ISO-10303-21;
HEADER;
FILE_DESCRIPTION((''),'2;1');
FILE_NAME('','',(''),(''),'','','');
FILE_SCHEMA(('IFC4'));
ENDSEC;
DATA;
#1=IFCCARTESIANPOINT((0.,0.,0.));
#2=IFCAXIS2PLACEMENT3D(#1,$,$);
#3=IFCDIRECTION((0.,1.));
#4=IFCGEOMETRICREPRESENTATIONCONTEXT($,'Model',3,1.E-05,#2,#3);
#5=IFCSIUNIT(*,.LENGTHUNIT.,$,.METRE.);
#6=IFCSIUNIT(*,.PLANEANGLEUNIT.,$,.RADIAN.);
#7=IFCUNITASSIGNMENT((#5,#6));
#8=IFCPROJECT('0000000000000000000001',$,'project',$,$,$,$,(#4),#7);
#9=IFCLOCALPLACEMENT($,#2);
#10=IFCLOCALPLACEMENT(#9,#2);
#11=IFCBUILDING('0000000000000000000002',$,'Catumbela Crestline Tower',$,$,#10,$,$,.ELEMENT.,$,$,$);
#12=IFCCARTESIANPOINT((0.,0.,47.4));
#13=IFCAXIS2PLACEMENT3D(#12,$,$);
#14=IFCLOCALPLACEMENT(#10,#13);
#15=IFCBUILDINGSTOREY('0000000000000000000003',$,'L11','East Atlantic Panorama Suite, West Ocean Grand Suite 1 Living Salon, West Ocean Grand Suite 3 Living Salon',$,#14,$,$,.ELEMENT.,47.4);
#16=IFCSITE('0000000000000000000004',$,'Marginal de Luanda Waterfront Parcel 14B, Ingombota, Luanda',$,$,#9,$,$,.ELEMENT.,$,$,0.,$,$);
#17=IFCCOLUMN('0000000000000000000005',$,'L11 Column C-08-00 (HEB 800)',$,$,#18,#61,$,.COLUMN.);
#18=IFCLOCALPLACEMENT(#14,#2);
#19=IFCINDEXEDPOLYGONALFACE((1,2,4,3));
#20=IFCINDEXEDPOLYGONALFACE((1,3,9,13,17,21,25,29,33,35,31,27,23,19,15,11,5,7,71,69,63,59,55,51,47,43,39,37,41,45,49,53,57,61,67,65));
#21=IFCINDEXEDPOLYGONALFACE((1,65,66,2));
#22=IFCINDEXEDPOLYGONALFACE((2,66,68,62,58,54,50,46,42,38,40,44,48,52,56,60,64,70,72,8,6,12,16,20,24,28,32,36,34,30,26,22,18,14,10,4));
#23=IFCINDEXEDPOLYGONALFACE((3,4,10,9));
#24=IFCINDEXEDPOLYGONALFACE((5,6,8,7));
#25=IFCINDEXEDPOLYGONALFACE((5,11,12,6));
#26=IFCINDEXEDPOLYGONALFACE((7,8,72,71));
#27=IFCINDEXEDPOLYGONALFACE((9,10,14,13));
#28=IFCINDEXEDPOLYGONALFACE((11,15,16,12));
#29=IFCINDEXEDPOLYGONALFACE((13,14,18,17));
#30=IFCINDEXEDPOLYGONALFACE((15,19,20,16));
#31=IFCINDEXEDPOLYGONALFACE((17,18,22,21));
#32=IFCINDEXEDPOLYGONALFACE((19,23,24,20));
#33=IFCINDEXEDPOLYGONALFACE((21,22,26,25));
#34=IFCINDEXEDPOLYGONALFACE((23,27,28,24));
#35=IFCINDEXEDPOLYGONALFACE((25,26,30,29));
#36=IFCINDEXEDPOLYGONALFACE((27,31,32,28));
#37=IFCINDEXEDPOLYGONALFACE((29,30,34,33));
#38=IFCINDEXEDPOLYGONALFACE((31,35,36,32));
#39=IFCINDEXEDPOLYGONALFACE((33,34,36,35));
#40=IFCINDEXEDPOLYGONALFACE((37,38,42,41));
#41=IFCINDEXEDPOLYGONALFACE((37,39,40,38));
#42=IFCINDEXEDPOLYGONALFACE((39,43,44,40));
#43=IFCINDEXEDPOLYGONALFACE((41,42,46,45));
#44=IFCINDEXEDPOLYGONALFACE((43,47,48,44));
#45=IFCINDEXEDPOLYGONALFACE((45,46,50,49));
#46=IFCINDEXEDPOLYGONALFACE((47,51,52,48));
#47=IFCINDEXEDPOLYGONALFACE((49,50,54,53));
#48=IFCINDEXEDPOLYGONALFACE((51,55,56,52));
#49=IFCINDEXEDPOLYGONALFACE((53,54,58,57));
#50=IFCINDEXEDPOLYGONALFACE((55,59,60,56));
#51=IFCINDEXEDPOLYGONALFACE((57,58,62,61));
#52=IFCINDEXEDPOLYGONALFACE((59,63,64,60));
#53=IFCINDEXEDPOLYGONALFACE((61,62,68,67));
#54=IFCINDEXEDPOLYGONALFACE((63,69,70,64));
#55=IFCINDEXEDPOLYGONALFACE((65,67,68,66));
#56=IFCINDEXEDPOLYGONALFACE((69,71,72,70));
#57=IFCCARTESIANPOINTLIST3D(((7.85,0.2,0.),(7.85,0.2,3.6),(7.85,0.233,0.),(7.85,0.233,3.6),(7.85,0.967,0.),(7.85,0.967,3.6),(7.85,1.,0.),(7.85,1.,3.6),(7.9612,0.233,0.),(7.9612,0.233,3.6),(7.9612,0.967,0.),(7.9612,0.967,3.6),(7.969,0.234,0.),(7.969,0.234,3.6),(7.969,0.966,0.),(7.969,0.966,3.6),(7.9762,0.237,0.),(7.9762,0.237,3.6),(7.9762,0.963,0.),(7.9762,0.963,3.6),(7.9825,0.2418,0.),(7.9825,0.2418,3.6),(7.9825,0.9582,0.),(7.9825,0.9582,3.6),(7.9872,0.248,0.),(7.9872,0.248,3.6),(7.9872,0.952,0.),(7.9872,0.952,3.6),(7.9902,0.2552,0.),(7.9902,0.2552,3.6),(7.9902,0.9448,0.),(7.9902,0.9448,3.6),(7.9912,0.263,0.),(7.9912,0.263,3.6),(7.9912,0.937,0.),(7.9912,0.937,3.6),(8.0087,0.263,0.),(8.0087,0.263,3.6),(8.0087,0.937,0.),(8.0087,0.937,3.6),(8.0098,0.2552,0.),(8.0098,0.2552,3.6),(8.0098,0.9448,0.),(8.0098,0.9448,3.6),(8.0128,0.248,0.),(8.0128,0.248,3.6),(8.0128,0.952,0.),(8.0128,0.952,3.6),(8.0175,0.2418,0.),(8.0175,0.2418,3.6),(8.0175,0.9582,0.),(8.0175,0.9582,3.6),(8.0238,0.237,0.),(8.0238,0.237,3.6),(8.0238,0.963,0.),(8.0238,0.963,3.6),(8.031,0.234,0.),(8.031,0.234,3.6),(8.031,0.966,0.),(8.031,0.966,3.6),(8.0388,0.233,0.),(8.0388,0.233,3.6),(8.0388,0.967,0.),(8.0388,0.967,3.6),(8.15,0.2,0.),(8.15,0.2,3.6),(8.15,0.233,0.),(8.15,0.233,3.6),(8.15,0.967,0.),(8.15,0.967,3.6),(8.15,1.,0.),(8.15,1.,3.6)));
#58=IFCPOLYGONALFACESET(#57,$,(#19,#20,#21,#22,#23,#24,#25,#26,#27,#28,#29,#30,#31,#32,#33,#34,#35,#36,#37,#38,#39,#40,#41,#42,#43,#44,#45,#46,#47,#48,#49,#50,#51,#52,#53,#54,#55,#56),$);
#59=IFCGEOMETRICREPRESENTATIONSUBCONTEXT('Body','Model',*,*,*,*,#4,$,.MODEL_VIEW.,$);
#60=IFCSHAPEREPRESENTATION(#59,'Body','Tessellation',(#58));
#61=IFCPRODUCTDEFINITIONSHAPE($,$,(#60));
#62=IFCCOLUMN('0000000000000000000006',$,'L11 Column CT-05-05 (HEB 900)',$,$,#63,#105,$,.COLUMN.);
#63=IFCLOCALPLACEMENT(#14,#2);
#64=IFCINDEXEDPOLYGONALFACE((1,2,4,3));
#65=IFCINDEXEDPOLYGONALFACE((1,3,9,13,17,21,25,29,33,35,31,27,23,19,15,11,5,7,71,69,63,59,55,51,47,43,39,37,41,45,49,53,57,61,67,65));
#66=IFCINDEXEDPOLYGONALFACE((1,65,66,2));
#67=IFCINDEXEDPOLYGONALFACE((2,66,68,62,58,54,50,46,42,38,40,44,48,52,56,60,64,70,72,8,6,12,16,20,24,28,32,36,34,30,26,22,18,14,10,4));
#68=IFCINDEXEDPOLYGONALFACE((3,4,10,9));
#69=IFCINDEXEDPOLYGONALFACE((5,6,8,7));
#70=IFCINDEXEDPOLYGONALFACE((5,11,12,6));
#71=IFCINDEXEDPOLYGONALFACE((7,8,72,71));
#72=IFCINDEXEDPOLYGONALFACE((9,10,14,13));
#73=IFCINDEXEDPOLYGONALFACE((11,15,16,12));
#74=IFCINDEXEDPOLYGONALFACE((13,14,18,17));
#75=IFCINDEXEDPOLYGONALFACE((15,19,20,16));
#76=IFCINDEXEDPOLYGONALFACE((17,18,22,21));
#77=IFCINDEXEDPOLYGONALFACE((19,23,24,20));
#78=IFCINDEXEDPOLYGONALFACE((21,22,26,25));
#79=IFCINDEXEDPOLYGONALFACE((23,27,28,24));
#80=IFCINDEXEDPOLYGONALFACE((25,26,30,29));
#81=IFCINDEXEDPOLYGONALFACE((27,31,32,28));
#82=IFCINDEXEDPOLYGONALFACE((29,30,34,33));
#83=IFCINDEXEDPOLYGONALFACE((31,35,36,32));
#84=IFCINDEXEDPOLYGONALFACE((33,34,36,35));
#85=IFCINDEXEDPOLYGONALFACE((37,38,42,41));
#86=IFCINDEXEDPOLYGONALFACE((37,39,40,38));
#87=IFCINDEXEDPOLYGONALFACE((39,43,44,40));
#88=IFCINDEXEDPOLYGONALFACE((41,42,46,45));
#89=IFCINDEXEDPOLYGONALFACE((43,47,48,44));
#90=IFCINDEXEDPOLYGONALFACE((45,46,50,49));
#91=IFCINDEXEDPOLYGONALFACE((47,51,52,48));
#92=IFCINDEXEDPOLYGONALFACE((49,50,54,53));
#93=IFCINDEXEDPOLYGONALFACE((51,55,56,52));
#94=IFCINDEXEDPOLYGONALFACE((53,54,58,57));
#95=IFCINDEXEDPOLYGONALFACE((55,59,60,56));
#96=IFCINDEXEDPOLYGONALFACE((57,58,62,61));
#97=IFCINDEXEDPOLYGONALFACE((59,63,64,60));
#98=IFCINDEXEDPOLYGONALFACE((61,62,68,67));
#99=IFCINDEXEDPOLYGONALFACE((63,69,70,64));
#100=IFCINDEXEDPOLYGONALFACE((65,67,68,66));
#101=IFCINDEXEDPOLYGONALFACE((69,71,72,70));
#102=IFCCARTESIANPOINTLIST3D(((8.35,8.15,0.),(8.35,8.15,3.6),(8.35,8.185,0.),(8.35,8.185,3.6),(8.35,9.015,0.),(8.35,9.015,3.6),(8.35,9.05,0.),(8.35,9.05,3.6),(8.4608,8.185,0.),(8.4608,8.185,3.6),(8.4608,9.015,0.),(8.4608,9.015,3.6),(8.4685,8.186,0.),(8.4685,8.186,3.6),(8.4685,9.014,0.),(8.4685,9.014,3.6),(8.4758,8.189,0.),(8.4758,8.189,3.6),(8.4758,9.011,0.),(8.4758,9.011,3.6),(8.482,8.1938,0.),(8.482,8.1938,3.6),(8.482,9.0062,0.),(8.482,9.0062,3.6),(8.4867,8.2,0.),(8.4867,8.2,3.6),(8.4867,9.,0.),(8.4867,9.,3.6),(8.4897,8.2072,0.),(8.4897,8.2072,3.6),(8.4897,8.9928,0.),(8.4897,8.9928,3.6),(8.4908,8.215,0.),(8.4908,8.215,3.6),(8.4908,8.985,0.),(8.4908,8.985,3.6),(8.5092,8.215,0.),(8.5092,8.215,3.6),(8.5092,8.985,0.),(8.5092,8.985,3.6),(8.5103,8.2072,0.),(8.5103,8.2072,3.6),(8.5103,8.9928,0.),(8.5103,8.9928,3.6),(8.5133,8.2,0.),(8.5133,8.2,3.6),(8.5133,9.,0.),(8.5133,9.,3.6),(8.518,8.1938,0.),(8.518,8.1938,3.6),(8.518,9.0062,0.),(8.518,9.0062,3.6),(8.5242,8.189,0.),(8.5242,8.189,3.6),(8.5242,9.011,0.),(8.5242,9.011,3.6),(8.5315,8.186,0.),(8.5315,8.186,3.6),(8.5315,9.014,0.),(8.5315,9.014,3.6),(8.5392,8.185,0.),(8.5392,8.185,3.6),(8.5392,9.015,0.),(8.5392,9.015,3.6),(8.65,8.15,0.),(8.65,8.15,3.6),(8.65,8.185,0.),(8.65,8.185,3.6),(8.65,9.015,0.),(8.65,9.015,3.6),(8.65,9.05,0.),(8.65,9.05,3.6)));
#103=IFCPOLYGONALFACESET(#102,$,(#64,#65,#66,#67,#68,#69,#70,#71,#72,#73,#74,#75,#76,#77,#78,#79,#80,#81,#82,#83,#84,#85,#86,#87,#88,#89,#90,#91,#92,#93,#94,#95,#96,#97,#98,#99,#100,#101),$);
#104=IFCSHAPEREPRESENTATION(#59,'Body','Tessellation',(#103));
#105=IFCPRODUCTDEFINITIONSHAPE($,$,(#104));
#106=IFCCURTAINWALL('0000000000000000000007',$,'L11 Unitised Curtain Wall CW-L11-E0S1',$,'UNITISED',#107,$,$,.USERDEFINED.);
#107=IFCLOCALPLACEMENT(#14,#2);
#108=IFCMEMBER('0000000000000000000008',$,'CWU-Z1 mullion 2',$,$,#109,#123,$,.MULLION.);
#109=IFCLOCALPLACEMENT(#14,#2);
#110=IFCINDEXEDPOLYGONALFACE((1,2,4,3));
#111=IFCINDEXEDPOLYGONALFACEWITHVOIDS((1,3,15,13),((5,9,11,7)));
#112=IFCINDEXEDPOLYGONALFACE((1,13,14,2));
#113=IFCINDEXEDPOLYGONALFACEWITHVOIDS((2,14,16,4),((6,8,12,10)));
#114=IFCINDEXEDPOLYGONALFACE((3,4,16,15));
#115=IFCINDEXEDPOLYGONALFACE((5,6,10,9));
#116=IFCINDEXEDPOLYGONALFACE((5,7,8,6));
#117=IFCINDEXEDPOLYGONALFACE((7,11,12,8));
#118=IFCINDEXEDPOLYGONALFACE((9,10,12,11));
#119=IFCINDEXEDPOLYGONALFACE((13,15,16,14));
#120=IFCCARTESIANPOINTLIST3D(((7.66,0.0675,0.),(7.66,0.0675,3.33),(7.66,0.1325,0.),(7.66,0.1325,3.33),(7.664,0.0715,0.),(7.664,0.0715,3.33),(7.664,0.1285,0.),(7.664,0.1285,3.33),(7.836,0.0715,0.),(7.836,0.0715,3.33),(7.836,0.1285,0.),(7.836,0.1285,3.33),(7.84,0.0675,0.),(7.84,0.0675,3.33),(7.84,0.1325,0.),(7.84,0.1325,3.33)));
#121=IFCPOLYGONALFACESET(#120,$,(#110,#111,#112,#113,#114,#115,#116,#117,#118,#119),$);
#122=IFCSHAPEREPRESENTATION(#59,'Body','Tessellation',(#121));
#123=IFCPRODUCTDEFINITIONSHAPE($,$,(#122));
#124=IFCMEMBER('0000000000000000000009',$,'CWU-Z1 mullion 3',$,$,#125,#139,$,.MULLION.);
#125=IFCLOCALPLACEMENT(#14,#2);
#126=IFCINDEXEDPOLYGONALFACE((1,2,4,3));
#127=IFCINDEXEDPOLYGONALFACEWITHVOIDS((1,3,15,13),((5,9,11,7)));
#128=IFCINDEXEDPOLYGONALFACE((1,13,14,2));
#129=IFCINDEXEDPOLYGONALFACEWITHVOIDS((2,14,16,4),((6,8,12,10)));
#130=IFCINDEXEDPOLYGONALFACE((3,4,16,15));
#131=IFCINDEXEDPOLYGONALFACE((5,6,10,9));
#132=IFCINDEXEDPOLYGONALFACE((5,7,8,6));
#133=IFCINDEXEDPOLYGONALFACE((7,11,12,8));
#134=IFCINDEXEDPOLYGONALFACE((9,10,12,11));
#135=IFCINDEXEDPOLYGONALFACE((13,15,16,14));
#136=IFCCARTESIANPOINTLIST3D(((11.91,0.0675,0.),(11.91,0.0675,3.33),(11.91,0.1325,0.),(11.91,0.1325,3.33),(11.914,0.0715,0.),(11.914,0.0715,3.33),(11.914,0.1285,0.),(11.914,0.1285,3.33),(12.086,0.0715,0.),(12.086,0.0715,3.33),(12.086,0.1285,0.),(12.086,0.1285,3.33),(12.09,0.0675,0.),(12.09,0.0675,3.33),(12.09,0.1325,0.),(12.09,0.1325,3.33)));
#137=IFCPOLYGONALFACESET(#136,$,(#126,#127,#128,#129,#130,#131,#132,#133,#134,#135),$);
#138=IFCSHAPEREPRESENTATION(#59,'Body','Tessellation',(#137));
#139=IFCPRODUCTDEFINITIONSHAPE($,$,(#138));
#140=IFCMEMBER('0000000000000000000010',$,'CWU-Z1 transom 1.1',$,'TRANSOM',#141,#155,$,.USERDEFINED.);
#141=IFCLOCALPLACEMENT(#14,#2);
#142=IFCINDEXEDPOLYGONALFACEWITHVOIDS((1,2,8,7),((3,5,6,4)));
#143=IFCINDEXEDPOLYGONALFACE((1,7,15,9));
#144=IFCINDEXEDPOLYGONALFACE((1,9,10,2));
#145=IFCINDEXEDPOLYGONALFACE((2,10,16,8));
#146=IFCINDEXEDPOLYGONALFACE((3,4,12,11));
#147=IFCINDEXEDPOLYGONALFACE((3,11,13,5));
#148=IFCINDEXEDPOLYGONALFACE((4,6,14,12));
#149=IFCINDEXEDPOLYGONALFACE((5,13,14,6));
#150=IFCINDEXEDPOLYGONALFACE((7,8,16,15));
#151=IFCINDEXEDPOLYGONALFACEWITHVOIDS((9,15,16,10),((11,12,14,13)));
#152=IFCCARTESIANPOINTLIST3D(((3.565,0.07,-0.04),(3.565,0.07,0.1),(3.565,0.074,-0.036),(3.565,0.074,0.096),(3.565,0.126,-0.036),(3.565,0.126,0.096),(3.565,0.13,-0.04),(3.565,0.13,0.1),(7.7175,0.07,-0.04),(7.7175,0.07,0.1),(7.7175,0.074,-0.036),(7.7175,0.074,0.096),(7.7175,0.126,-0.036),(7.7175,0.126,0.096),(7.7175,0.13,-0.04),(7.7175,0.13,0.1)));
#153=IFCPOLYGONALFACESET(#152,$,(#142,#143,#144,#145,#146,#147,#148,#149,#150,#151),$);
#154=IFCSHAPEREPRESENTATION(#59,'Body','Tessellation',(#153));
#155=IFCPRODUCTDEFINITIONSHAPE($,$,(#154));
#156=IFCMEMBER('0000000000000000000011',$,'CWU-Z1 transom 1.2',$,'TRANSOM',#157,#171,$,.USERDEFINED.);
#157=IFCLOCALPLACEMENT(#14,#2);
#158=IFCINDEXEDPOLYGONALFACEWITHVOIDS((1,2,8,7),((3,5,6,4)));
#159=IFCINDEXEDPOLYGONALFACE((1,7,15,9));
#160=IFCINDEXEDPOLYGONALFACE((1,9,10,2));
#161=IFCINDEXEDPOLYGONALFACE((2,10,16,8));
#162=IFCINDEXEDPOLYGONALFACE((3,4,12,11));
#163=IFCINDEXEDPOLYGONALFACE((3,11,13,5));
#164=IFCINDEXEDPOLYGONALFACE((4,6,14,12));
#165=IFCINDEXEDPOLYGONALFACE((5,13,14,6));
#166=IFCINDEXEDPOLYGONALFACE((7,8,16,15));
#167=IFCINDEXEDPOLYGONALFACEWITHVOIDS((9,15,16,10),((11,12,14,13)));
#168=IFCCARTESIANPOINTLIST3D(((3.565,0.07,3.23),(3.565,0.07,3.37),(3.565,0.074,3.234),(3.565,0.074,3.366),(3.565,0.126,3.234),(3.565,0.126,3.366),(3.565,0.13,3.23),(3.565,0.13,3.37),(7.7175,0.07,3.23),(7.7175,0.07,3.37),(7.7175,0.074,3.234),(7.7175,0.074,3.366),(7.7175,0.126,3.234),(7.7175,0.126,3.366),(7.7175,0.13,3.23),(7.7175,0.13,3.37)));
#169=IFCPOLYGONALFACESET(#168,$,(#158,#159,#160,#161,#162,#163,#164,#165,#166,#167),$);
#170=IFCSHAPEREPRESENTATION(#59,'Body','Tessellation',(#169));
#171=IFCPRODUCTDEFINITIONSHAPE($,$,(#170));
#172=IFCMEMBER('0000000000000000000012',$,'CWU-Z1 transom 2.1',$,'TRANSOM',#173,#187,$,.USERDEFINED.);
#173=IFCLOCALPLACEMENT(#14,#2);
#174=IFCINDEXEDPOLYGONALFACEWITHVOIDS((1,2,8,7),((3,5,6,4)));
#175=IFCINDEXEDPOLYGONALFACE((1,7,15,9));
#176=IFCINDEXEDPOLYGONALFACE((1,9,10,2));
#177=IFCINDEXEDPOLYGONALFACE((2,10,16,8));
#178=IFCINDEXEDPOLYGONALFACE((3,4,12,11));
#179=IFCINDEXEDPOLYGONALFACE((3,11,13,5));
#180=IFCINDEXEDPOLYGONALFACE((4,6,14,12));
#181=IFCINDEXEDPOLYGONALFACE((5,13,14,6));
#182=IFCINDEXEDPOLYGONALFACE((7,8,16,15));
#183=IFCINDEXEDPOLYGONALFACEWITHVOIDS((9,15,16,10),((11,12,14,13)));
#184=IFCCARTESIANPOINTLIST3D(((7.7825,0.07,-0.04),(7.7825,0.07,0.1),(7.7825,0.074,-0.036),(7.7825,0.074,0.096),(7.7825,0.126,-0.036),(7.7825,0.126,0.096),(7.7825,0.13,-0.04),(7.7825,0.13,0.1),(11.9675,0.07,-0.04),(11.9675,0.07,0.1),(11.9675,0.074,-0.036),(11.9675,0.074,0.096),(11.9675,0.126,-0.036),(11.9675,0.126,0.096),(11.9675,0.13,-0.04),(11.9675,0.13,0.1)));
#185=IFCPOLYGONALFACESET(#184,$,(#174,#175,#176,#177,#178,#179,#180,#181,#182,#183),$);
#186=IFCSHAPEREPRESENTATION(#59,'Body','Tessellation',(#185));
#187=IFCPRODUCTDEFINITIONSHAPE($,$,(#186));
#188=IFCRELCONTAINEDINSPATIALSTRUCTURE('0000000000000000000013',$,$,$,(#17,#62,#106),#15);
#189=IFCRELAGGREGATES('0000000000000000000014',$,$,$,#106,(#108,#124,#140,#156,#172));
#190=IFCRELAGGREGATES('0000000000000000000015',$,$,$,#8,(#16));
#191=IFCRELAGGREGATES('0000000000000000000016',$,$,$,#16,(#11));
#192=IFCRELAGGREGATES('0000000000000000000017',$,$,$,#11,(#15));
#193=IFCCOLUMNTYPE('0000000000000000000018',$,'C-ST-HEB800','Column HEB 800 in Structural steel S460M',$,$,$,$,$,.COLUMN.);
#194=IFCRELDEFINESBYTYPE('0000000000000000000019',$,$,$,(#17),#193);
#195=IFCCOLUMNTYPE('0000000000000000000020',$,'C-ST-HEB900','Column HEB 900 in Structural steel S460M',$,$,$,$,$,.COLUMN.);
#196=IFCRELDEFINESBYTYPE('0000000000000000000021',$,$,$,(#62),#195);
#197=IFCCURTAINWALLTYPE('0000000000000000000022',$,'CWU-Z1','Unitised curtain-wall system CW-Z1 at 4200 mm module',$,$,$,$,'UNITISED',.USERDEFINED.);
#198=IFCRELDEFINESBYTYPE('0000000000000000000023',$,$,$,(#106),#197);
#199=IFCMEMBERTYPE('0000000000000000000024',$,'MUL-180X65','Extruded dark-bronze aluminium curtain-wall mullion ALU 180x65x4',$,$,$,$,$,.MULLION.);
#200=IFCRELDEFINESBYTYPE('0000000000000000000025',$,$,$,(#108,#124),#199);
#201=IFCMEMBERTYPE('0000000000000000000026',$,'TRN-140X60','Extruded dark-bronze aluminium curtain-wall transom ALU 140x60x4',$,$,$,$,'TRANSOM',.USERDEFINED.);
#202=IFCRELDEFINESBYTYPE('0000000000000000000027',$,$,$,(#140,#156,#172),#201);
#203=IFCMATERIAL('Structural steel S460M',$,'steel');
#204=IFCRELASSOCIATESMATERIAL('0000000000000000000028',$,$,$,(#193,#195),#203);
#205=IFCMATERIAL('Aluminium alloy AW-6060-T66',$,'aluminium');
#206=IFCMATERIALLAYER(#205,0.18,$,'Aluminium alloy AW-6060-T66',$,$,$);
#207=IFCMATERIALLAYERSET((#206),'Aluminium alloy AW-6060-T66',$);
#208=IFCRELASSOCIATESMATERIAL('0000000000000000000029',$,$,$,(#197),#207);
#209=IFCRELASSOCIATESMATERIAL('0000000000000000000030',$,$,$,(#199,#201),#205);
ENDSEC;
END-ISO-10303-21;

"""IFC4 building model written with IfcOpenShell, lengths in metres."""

from ifc_helpers import new_model, si_unit, direction, frame, origin, origin_2d, place, context, subcontext, project, spatial, hollow_rectangle, i_section, extrude, material, layer, layer_set, material_profile, profile_set, type_object, element, aggregate, save


model = new_model("IFC4")

# Units and contexts
model_context = context("Model", 3, precision=1e-05, world=origin(), true_north=direction((0.0, 1.0)))
body_context = subcontext(model_context, "Body", "Model", "MODEL_VIEW")
ifc_project = project(units=[si_unit("LENGTHUNIT", "METRE"), si_unit("PLANEANGLEUNIT", "RADIAN")], contexts=[model_context])

# Site, building, storey
site_placement = place(None, origin())
site = spatial("IfcSite", under=ifc_project, at=site_placement, Name="Marginal de Luanda Waterfront Parcel 14B, Ingombota, Luanda", CompositionType="ELEMENT", RefElevation=0.0)
building_placement = place(site_placement, origin())
building = spatial("IfcBuilding", under=site, at=building_placement, Name="Catumbela Crestline Tower", CompositionType="ELEMENT")
storey_placement = place(building_placement, frame((0.0, 0.0, 47.4)))
storey = spatial("IfcBuildingStorey", under=building, at=storey_placement, Name="L11", Description="East Atlantic Panorama Suite, West Ocean Grand Suite 1 Living Salon, West Ocean Grand Suite 3 Living Salon", CompositionType="ELEMENT", Elevation=47.4)

# Columns
ifc_material_1 = material(Name="Structural steel S460M", Category="steel")
ifc_material_profile_1 = material_profile(ifc_material_1, i_section(OverallWidth=0.3, OverallDepth=0.8, WebThickness=0.0175, FlangeThickness=0.033, FilletRadius=0.03, at=origin_2d()), Name="HEB 800")
ifc_profile_set_1 = profile_set([ifc_material_profile_1], Name="Structural steel S460M")
column_type_1 = type_object("IfcColumnType", Name="C-ST-HEB800", Description="Column HEB 800 in Structural steel S460M", PredefinedType="COLUMN", material=ifc_profile_set_1)
column_1_placement = place(storey_placement, frame((8.0, 0.6, 0.0), z_axis=(0.0, 0.0, 1.0), x_axis=(1.0, 0.0, 0.0)))
element("IfcColumn", 1, at=column_1_placement, inside=storey, type_object=column_type_1, Name="L11 Column C-08-00 (HEB 800)", PredefinedType="COLUMN", context=body_context, shape_type="SweptSolid", body=[
    extrude(i_section(OverallWidth=0.3, OverallDepth=0.8, WebThickness=0.0175, FlangeThickness=0.033, FilletRadius=0.03, at=origin_2d()), origin(), (0.0, 0.0, 1.0), 3.6),
])
ifc_material_profile_2 = material_profile(ifc_material_1, i_section(OverallWidth=0.3, OverallDepth=0.9, WebThickness=0.0185, FlangeThickness=0.035, FilletRadius=0.03, at=origin_2d()), Name="HEB 900")
ifc_profile_set_2 = profile_set([ifc_material_profile_2], Name="Structural steel S460M")
column_type_2 = type_object("IfcColumnType", Name="C-ST-HEB900", Description="Column HEB 900 in Structural steel S460M", PredefinedType="COLUMN", material=ifc_profile_set_2)
column_2_placement = place(storey_placement, frame((8.5, 8.6, 0.0), z_axis=(0.0, 0.0, 1.0), x_axis=(1.0, 0.0, 0.0)))
element("IfcColumn", 2, at=column_2_placement, inside=storey, type_object=column_type_2, Name="L11 Column CT-05-05 (HEB 900)", PredefinedType="COLUMN", context=body_context, shape_type="SweptSolid", body=[
    extrude(i_section(OverallWidth=0.3, OverallDepth=0.9, WebThickness=0.0185, FlangeThickness=0.035, FilletRadius=0.03, at=origin_2d()), origin(), (0.0, 0.0, 1.0), 3.6),
])

# Curtain wall, members
ifc_material_2 = material(Name="Aluminium alloy AW-6060-T66", Category="aluminium")
ifc_layer_1 = layer(ifc_material_2, 0.18, Name="Aluminium alloy AW-6060-T66")
ifc_layer_set_1 = layer_set([ifc_layer_1], Name="Aluminium alloy AW-6060-T66")
curtain_wall_type = type_object("IfcCurtainWallType", Name="CWU-Z1", Description="Unitised curtain-wall system CW-Z1 at 4200 mm module", ElementType="UNITISED", PredefinedType="USERDEFINED", material=ifc_layer_set_1)
curtain_wall_placement = place(storey_placement, origin())
curtain_wall = element("IfcCurtainWall", 3, at=curtain_wall_placement, inside=storey, type_object=curtain_wall_type, Name="L11 Unitised Curtain Wall CW-L11-E0S1", ObjectType="UNITISED", PredefinedType="USERDEFINED")
ifc_material_profile_3 = material_profile(ifc_material_2, hollow_rectangle(XDim=0.065, YDim=0.18, WallThickness=0.004, at=origin_2d()), Name="ALU 180x65x4")
ifc_profile_set_3 = profile_set([ifc_material_profile_3], Name="Aluminium alloy AW-6060-T66")
member_type_1 = type_object("IfcMemberType", Name="MUL-180X65", Description="Extruded dark-bronze aluminium curtain-wall mullion ALU 180x65x4", PredefinedType="MULLION", material=ifc_profile_set_3)
member_1_placement = place(storey_placement, frame((7.75, 0.1, 0.0), z_axis=(0.0, 0.0, 1.0), x_axis=(0.0, 1.0, 0.0)))
member_1 = element("IfcMember", 4, at=member_1_placement, type_object=member_type_1, Name="CWU-Z1 mullion 2", PredefinedType="MULLION", context=body_context, shape_type="SweptSolid", body=[
    extrude(hollow_rectangle(XDim=0.065, YDim=0.18, WallThickness=0.004, at=origin_2d()), origin(), (0.0, 0.0, 1.0), 3.33),
])
member_2_placement = place(storey_placement, frame((12.0, 0.1, 0.0), z_axis=(0.0, 0.0, 1.0), x_axis=(0.0, 1.0, 0.0)))
member_2 = element("IfcMember", 5, at=member_2_placement, type_object=member_type_1, Name="CWU-Z1 mullion 3", PredefinedType="MULLION", context=body_context, shape_type="SweptSolid", body=[
    extrude(hollow_rectangle(XDim=0.065, YDim=0.18, WallThickness=0.004, at=origin_2d()), origin(), (0.0, 0.0, 1.0), 3.33),
])
ifc_material_profile_4 = material_profile(ifc_material_2, hollow_rectangle(XDim=0.06, YDim=0.14, WallThickness=0.004, at=origin_2d()), Name="ALU 140x60x4")
ifc_profile_set_4 = profile_set([ifc_material_profile_4], Name="Aluminium alloy AW-6060-T66")
member_type_2 = type_object("IfcMemberType", Name="TRN-140X60", Description="Extruded dark-bronze aluminium curtain-wall transom ALU 140x60x4", ElementType="TRANSOM", PredefinedType="USERDEFINED", material=ifc_profile_set_4)
member_3_placement = place(storey_placement, frame((3.565, 0.1, 0.03), z_axis=(1.0, 0.0, 0.0), x_axis=(0.0, 1.0, 0.0)))
member_3 = element("IfcMember", 6, at=member_3_placement, type_object=member_type_2, Name="CWU-Z1 transom 1.1", ObjectType="TRANSOM", PredefinedType="USERDEFINED", context=body_context, shape_type="SweptSolid", body=[
    extrude(hollow_rectangle(XDim=0.06, YDim=0.14, WallThickness=0.004, at=origin_2d()), origin(), (0.0, 0.0, 1.0), 4.1525),
])
member_4_placement = place(storey_placement, frame((3.565, 0.1, 3.3), z_axis=(1.0, 0.0, 0.0), x_axis=(0.0, 1.0, 0.0)))
member_4 = element("IfcMember", 7, at=member_4_placement, type_object=member_type_2, Name="CWU-Z1 transom 1.2", ObjectType="TRANSOM", PredefinedType="USERDEFINED", context=body_context, shape_type="SweptSolid", body=[
    extrude(hollow_rectangle(XDim=0.06, YDim=0.14, WallThickness=0.004, at=origin_2d()), origin(), (0.0, 0.0, 1.0), 4.1525),
])
member_5_placement = place(storey_placement, frame((7.7825, 0.1, 0.03), z_axis=(1.0, 0.0, 0.0), x_axis=(0.0, 1.0, 0.0)))
member_5 = element("IfcMember", 8, at=member_5_placement, type_object=member_type_2, Name="CWU-Z1 transom 2.1", ObjectType="TRANSOM", PredefinedType="USERDEFINED", context=body_context, shape_type="SweptSolid", body=[
    extrude(hollow_rectangle(XDim=0.06, YDim=0.14, WallThickness=0.004, at=origin_2d()), origin(), (0.0, 0.0, 1.0), 4.185),
])
aggregate(curtain_wall, [member_1, member_2, member_3, member_4, member_5])

save(model, "model.ifc")
